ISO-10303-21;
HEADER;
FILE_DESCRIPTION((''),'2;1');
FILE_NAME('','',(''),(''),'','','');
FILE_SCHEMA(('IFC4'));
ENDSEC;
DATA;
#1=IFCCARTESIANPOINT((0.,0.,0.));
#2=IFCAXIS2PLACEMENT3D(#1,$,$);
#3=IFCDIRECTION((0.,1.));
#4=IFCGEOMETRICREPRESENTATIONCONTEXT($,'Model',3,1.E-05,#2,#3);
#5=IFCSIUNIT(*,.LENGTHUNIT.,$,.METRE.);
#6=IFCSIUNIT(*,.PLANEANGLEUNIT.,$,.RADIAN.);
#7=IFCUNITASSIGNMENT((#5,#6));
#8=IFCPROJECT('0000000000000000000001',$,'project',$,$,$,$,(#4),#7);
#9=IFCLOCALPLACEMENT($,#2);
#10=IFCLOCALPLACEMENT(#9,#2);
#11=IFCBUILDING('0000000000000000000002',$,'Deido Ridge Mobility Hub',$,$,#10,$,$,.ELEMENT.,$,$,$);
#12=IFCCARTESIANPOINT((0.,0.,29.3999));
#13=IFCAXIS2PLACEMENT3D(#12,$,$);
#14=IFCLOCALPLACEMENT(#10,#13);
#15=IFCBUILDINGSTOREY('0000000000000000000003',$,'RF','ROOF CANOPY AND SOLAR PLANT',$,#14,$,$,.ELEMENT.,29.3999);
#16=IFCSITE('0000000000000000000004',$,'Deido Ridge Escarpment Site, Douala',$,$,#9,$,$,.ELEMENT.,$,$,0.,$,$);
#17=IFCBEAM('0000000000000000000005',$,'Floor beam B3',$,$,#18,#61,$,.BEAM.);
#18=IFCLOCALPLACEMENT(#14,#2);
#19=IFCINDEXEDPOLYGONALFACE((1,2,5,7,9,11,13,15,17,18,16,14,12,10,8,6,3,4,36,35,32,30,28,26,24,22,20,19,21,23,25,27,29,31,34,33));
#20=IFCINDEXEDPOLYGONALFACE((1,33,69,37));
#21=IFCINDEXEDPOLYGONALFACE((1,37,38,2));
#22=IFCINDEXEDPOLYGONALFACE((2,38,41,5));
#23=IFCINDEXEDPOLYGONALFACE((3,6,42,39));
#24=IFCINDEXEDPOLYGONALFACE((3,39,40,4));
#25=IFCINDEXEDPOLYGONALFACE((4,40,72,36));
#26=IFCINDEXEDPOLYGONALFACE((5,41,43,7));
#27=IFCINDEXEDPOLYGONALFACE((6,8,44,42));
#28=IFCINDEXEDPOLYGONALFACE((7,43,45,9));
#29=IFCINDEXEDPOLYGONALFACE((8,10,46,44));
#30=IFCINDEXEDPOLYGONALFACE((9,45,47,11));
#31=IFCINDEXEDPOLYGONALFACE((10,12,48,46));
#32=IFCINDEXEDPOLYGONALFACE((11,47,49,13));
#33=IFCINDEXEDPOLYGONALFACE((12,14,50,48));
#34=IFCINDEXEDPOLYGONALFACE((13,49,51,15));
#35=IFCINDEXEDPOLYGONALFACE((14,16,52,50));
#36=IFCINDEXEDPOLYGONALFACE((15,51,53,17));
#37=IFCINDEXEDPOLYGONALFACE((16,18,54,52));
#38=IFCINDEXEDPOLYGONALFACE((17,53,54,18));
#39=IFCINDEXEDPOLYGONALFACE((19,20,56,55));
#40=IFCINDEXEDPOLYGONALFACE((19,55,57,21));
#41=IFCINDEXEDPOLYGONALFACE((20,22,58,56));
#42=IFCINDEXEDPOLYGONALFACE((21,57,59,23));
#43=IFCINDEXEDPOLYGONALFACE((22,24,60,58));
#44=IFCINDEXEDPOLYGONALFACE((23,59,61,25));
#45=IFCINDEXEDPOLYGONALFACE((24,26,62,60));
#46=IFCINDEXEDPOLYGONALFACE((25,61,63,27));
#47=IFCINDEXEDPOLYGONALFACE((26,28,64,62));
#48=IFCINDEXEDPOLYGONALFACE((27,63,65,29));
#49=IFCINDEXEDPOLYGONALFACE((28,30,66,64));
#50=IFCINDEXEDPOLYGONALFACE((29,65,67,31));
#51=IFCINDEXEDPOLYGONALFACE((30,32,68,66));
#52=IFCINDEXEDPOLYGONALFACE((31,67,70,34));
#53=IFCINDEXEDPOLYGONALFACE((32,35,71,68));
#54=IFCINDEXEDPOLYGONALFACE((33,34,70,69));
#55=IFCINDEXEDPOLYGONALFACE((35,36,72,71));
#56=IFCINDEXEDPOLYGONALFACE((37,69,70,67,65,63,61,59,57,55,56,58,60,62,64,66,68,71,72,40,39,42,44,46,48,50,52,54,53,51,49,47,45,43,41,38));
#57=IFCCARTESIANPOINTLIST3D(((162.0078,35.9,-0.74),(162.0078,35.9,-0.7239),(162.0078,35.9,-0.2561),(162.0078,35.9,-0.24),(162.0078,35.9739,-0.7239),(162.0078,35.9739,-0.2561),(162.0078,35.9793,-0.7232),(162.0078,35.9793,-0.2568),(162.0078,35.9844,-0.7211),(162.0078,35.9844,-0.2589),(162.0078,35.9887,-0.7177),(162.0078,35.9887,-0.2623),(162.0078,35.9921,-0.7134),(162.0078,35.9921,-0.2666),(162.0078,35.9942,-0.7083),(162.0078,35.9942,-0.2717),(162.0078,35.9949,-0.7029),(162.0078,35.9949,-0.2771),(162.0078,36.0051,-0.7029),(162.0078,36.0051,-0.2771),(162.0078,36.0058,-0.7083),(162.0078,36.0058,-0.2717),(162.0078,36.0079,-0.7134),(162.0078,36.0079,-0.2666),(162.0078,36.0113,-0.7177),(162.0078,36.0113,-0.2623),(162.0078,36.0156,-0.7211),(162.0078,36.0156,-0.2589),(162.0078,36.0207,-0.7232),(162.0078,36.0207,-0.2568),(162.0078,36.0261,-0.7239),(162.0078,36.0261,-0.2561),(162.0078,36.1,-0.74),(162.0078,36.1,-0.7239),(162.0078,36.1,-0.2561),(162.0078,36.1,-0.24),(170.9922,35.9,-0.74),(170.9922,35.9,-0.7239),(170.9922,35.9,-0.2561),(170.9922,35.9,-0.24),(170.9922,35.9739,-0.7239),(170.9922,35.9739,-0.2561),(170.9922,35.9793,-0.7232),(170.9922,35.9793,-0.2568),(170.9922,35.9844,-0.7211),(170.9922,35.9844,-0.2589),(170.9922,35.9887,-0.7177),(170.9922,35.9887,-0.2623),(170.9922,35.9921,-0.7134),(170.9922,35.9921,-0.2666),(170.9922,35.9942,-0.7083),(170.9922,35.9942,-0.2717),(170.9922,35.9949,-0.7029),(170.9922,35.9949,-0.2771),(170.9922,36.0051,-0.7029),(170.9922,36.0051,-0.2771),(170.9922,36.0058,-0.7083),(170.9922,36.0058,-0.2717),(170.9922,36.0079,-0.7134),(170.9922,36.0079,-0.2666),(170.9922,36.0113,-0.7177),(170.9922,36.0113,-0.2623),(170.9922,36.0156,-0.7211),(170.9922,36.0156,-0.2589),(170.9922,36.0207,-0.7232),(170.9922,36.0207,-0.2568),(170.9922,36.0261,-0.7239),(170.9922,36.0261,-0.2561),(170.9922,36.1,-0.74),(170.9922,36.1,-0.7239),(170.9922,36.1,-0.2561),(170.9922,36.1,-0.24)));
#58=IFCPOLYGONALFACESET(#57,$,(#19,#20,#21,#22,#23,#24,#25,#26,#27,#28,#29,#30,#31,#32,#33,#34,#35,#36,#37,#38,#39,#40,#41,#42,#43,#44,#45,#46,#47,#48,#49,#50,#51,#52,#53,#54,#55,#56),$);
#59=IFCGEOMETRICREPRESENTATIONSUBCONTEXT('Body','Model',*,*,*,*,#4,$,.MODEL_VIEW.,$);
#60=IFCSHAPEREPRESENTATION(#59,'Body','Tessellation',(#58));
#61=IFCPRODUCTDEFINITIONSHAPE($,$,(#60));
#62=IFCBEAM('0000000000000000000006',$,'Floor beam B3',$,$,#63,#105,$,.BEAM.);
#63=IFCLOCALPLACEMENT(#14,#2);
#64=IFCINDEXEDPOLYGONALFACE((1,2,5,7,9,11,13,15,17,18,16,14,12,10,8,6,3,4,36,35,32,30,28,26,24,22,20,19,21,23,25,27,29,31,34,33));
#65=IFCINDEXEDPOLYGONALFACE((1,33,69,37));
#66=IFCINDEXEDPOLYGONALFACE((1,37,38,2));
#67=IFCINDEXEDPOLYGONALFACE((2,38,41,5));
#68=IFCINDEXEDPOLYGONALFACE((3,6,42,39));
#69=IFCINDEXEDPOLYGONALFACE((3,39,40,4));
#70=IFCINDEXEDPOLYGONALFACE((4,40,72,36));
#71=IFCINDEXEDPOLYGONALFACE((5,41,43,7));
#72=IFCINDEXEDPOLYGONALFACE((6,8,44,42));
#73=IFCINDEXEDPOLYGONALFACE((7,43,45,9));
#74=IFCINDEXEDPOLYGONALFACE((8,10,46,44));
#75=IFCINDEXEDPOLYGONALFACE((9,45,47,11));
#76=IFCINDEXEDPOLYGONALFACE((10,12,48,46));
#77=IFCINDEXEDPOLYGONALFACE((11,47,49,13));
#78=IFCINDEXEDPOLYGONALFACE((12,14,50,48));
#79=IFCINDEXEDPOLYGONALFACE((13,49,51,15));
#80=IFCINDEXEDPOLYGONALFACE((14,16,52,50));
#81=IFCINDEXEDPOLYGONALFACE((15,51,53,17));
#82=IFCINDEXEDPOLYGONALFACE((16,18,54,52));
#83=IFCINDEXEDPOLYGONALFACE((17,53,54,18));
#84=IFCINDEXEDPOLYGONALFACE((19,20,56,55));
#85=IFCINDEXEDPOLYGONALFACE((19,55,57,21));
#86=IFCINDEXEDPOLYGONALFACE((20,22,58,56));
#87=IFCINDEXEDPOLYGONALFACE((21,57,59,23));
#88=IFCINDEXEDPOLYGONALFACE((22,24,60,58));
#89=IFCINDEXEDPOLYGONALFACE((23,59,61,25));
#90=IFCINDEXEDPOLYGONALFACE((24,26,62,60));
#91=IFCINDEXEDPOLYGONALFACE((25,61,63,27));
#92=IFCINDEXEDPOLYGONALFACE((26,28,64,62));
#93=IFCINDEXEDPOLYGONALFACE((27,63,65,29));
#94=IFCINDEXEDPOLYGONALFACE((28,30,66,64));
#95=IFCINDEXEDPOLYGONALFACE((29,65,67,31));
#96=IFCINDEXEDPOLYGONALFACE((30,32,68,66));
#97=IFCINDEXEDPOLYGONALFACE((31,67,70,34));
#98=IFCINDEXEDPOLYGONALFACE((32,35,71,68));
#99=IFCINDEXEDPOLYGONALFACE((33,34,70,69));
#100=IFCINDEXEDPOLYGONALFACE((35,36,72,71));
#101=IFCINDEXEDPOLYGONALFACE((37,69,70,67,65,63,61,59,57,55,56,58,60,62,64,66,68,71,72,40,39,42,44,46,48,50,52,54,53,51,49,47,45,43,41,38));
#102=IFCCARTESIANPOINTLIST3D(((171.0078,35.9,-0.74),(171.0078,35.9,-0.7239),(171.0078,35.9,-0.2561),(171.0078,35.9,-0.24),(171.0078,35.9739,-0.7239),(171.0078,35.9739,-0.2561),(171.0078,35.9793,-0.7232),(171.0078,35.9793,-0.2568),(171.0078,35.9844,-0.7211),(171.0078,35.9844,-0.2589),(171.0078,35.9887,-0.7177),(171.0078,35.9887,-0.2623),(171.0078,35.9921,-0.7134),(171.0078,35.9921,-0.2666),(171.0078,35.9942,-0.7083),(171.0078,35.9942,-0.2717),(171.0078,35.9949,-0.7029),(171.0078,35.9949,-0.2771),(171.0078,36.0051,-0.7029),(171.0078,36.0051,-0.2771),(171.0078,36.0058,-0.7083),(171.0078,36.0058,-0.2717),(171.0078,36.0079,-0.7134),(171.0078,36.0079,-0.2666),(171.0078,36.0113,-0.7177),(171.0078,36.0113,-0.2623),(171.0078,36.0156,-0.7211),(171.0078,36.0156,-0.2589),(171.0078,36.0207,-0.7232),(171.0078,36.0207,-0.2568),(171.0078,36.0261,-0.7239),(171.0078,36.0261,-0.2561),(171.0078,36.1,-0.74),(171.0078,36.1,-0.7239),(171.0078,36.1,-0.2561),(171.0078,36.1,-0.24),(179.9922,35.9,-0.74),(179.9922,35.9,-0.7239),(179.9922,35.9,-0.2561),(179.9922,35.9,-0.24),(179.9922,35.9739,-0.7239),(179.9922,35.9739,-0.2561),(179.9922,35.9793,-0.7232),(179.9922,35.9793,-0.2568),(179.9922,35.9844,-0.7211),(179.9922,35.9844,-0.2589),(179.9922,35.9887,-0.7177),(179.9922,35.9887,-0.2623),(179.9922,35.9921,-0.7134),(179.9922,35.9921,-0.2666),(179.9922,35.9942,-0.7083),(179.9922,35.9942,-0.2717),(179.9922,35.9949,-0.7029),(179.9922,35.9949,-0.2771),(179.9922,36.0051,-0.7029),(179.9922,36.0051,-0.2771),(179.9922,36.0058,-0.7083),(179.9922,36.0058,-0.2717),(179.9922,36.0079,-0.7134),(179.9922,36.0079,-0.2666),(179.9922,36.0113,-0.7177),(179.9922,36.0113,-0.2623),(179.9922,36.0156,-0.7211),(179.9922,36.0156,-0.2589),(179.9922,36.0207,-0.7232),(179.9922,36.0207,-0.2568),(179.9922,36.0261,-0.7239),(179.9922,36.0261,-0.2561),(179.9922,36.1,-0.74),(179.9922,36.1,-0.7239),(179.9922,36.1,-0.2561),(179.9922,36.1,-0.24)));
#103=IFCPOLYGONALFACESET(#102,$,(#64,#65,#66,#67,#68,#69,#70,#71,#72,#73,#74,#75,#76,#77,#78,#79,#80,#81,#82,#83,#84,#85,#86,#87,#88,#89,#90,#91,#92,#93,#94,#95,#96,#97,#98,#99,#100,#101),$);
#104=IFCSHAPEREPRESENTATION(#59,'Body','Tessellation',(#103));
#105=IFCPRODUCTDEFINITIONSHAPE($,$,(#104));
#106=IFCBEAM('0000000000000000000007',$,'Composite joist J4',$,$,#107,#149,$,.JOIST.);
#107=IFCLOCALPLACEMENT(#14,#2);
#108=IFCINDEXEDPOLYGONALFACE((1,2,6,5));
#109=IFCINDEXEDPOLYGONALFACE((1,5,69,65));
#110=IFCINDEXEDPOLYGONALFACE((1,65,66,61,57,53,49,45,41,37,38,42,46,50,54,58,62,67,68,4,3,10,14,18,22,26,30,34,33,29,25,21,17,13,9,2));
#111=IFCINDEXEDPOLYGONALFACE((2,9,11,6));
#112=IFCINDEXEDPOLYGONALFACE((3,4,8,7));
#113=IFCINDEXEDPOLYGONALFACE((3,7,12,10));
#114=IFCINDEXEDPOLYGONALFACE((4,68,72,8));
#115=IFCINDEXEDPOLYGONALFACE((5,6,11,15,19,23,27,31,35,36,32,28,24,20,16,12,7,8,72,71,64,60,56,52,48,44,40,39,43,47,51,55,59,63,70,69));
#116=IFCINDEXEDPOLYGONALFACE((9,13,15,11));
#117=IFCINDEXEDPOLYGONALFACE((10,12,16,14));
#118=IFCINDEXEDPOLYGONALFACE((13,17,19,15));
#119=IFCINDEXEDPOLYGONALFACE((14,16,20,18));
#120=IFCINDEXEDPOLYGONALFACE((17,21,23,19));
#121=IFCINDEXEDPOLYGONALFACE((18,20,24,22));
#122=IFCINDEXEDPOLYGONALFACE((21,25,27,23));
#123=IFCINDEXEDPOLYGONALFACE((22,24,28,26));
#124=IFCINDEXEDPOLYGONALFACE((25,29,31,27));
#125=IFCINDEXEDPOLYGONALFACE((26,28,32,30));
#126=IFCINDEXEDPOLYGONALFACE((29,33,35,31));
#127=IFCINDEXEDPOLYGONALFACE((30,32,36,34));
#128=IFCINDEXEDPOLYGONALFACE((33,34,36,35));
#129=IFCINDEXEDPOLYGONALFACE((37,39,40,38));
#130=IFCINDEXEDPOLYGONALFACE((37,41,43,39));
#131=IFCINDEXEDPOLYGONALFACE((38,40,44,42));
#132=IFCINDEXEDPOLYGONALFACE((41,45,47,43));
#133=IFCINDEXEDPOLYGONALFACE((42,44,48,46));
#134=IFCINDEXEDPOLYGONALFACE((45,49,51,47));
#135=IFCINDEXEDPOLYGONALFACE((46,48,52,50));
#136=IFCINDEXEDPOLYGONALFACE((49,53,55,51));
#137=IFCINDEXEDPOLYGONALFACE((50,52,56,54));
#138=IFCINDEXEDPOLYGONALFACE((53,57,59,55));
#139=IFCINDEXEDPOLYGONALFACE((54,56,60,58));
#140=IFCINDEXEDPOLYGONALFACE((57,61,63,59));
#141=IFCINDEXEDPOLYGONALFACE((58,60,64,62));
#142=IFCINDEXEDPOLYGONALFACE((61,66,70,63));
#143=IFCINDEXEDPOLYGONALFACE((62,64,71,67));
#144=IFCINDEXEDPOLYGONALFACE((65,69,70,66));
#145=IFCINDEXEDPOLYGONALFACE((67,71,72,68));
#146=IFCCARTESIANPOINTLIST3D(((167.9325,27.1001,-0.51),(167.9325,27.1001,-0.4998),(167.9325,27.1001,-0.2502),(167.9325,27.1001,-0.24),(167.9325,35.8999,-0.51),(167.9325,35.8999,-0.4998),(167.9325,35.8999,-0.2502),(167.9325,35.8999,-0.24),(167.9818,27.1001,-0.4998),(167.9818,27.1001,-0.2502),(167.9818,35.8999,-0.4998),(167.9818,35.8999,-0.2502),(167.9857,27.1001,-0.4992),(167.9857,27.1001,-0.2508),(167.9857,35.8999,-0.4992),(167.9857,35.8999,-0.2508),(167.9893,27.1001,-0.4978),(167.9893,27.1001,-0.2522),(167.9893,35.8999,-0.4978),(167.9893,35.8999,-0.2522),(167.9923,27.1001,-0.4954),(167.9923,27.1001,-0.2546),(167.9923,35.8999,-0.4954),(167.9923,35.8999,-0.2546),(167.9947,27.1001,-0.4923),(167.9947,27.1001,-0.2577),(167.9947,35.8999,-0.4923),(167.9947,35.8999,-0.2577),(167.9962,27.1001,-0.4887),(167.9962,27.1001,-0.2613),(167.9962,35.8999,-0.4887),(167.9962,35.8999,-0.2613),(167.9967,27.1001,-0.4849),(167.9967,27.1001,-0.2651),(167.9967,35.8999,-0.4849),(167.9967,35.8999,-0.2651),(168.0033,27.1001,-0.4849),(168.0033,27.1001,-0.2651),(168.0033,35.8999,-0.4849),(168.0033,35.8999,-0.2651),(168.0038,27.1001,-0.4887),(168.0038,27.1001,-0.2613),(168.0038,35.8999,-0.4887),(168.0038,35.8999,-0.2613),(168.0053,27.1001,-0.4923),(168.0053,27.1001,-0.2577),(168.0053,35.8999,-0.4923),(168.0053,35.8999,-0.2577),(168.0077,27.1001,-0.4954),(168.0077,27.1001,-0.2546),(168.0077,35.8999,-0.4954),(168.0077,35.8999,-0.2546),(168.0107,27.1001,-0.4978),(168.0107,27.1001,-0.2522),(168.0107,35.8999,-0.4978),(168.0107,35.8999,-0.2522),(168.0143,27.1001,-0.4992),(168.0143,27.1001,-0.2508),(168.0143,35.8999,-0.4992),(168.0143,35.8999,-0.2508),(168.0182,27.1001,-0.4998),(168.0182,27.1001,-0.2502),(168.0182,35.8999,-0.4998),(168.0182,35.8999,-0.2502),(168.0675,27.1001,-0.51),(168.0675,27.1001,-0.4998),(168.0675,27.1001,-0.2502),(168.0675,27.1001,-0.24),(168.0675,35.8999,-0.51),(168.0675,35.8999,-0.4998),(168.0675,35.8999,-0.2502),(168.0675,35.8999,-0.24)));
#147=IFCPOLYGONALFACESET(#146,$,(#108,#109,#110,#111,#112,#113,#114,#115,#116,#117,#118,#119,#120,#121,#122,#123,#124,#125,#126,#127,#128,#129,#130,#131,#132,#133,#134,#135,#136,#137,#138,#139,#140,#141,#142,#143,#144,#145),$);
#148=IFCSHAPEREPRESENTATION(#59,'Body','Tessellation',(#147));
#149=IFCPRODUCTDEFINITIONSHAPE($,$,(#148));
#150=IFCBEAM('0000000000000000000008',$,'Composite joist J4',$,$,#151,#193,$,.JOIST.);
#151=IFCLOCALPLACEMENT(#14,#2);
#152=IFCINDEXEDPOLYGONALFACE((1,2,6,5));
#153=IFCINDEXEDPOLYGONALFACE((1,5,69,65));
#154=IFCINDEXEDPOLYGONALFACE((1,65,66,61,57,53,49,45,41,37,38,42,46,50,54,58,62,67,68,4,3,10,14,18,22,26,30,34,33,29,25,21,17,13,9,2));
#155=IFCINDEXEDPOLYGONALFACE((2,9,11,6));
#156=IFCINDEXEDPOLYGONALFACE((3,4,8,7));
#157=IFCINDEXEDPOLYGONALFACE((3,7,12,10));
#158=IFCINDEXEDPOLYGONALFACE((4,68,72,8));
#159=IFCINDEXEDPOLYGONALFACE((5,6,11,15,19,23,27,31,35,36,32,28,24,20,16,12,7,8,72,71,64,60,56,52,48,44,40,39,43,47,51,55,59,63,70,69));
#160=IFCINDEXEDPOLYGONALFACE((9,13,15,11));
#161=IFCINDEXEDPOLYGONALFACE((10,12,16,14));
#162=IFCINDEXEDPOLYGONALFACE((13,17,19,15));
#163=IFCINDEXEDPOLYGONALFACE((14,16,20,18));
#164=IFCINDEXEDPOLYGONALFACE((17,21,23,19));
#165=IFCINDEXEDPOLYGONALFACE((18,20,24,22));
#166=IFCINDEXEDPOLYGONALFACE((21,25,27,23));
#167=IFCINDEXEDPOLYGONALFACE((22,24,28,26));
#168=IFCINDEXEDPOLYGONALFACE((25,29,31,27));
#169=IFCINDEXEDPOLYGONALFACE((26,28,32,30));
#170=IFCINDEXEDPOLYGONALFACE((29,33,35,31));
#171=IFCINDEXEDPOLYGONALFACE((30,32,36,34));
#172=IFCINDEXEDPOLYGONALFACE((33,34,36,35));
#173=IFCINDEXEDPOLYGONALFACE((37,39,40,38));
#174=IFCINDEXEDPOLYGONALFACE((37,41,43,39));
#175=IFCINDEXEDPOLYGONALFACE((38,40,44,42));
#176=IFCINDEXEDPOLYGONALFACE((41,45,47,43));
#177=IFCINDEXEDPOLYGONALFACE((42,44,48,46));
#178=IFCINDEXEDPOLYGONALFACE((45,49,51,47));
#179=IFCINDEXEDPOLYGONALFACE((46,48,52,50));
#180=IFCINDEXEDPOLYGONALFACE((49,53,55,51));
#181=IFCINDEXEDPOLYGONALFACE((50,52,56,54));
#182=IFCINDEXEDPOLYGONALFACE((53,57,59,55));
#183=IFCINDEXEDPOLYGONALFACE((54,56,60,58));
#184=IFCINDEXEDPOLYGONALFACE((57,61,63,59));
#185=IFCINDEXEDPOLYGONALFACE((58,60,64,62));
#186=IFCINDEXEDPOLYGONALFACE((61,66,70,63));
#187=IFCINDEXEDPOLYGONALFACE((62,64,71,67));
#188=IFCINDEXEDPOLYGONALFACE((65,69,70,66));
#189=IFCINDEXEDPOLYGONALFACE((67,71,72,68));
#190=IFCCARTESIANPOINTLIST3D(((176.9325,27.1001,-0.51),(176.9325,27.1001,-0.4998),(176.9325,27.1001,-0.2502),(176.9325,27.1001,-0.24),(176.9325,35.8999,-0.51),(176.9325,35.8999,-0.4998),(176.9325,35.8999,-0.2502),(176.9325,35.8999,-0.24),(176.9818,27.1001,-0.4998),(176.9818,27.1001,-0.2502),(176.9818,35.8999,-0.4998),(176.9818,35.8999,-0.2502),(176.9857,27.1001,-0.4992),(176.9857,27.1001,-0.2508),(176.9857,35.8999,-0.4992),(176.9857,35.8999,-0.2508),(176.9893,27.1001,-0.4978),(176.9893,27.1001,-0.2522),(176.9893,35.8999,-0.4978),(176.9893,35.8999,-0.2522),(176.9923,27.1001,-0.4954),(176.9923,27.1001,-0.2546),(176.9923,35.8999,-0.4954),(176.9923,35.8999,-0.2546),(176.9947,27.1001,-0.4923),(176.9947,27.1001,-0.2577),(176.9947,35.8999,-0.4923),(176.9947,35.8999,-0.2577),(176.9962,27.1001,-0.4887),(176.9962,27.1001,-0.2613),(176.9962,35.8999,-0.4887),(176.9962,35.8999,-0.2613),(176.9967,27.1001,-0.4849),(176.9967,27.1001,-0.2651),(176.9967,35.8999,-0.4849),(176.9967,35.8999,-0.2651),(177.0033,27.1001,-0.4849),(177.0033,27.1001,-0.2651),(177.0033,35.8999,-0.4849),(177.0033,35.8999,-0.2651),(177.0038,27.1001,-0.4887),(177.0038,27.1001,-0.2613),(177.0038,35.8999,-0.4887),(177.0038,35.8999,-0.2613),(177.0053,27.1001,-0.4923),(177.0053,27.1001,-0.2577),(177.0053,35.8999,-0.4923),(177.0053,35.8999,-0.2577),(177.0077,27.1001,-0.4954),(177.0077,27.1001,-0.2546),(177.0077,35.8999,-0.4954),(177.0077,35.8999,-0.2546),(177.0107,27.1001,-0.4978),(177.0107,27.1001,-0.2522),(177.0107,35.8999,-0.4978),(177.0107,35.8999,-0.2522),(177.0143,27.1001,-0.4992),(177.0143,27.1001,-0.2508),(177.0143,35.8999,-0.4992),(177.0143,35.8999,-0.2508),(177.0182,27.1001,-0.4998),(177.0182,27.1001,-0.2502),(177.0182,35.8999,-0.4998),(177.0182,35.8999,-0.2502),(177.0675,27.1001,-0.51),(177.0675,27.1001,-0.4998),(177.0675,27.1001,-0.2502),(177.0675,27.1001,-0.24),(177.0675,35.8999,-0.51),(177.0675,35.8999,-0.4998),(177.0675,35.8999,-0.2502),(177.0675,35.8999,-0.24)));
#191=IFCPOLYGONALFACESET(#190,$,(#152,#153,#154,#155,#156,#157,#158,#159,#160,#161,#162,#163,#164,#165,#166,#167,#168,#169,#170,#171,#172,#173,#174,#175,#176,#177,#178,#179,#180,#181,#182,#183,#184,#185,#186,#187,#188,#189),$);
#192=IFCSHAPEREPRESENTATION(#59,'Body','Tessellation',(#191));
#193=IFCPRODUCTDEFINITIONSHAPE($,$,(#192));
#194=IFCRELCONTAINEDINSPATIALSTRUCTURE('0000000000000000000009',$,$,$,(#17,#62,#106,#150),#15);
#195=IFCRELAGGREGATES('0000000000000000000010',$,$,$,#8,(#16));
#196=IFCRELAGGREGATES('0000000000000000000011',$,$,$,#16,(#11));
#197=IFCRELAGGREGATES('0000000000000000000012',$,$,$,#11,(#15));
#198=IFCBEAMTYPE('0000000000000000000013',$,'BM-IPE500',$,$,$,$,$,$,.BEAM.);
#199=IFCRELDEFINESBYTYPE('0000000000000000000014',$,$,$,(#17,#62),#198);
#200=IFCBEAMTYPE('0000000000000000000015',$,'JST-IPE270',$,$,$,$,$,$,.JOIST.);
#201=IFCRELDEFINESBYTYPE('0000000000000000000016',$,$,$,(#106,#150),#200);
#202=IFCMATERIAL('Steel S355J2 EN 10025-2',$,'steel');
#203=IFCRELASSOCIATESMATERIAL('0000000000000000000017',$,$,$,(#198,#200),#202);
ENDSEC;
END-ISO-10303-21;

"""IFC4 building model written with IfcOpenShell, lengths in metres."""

from ifc_helpers import new_model, si_unit, direction, frame, origin, origin_2d, place, context, subcontext, project, spatial, i_section, extrude, material, material_profile, profile_set, type_object, element, save


model = new_model("IFC4")

# Units and contexts
model_context = context("Model", 3, precision=1e-05, world=origin(), true_north=direction((0.0, 1.0)))
body_context = subcontext(model_context, "Body", "Model", "MODEL_VIEW")
ifc_project = project(units=[si_unit("LENGTHUNIT", "METRE"), si_unit("PLANEANGLEUNIT", "RADIAN")], contexts=[model_context])

# Site, building, storey
site_placement = place(None, origin())
site = spatial("IfcSite", under=ifc_project, at=site_placement, Name="Deido Ridge Escarpment Site, Douala", CompositionType="ELEMENT", RefElevation=0.0)
building_placement = place(site_placement, origin())
building = spatial("IfcBuilding", under=site, at=building_placement, Name="Deido Ridge Mobility Hub", CompositionType="ELEMENT")
storey_placement = place(building_placement, frame((0.0, 0.0, 29.3999)))
storey = spatial("IfcBuildingStorey", under=building, at=storey_placement, Name="RF", Description="ROOF CANOPY AND SOLAR PLANT", CompositionType="ELEMENT", Elevation=29.3999)

# Beams
ifc_material_1 = material(Name="Steel S355J2 EN 10025-2", Category="steel")
ifc_material_profile_1 = material_profile(ifc_material_1, i_section(OverallWidth=0.2, OverallDepth=0.5, WebThickness=0.0103, FlangeThickness=0.0161, FilletRadius=0.021, at=origin_2d()), Name="IPE 500")
ifc_profile_set_1 = profile_set([ifc_material_profile_1], Name="Steel S355J2 EN 10025-2")
beam_type_1 = type_object("IfcBeamType", Name="BM-IPE500", PredefinedType="BEAM", material=ifc_profile_set_1)
for number, where, z_axis, x_axis, name in (
    (1, (162.0078, 36.0, -0.49), (1.0, 0.0, 0.0), (0.0, 1.0, 0.0), "Floor beam B3"),
    (2, (171.0078, 36.0, -0.49), (1.0, 0.0, 0.0), (0.0, 1.0, 0.0), "Floor beam B3"),
):
    element("IfcBeam", number, at=place(storey_placement, frame(where, z_axis=z_axis, x_axis=x_axis)), inside=storey, type_object=beam_type_1, Name=name, PredefinedType="BEAM", context=body_context, shape_type="SweptSolid", body=[
        extrude(i_section(OverallWidth=0.2, OverallDepth=0.5, WebThickness=0.0103, FlangeThickness=0.0161, FilletRadius=0.021, at=origin_2d()), origin(), (0.0, 0.0, 1.0), 8.9844),
    ])
ifc_material_profile_2 = material_profile(ifc_material_1, i_section(OverallWidth=0.135, OverallDepth=0.27, WebThickness=0.0066, FlangeThickness=0.0103, FilletRadius=0.0149, at=origin_2d()), Name="IPE 270")
ifc_profile_set_2 = profile_set([ifc_material_profile_2], Name="Steel S355J2 EN 10025-2")
beam_type_2 = type_object("IfcBeamType", Name="JST-IPE270", PredefinedType="JOIST", material=ifc_profile_set_2)
for number, where, z_axis, x_axis, name in (
    (3, (168.0, 27.1001, -0.375), (0.0, 1.0, 0.0), (-1.0, 0.0, 0.0), "Composite joist J4"),
    (4, (177.0, 27.1001, -0.375), (0.0, 1.0, 0.0), (-1.0, 0.0, 0.0), "Composite joist J4"),
):
    element("IfcBeam", number, at=place(storey_placement, frame(where, z_axis=z_axis, x_axis=x_axis)), inside=storey, type_object=beam_type_2, Name=name, PredefinedType="JOIST", context=body_context, shape_type="SweptSolid", body=[
        extrude(i_section(OverallWidth=0.135, OverallDepth=0.27, WebThickness=0.0066, FlangeThickness=0.0103, FilletRadius=0.0149, at=origin_2d()), origin(), (0.0, 0.0, 1.0), 8.7998),
    ])

save(model, "model.ifc")
